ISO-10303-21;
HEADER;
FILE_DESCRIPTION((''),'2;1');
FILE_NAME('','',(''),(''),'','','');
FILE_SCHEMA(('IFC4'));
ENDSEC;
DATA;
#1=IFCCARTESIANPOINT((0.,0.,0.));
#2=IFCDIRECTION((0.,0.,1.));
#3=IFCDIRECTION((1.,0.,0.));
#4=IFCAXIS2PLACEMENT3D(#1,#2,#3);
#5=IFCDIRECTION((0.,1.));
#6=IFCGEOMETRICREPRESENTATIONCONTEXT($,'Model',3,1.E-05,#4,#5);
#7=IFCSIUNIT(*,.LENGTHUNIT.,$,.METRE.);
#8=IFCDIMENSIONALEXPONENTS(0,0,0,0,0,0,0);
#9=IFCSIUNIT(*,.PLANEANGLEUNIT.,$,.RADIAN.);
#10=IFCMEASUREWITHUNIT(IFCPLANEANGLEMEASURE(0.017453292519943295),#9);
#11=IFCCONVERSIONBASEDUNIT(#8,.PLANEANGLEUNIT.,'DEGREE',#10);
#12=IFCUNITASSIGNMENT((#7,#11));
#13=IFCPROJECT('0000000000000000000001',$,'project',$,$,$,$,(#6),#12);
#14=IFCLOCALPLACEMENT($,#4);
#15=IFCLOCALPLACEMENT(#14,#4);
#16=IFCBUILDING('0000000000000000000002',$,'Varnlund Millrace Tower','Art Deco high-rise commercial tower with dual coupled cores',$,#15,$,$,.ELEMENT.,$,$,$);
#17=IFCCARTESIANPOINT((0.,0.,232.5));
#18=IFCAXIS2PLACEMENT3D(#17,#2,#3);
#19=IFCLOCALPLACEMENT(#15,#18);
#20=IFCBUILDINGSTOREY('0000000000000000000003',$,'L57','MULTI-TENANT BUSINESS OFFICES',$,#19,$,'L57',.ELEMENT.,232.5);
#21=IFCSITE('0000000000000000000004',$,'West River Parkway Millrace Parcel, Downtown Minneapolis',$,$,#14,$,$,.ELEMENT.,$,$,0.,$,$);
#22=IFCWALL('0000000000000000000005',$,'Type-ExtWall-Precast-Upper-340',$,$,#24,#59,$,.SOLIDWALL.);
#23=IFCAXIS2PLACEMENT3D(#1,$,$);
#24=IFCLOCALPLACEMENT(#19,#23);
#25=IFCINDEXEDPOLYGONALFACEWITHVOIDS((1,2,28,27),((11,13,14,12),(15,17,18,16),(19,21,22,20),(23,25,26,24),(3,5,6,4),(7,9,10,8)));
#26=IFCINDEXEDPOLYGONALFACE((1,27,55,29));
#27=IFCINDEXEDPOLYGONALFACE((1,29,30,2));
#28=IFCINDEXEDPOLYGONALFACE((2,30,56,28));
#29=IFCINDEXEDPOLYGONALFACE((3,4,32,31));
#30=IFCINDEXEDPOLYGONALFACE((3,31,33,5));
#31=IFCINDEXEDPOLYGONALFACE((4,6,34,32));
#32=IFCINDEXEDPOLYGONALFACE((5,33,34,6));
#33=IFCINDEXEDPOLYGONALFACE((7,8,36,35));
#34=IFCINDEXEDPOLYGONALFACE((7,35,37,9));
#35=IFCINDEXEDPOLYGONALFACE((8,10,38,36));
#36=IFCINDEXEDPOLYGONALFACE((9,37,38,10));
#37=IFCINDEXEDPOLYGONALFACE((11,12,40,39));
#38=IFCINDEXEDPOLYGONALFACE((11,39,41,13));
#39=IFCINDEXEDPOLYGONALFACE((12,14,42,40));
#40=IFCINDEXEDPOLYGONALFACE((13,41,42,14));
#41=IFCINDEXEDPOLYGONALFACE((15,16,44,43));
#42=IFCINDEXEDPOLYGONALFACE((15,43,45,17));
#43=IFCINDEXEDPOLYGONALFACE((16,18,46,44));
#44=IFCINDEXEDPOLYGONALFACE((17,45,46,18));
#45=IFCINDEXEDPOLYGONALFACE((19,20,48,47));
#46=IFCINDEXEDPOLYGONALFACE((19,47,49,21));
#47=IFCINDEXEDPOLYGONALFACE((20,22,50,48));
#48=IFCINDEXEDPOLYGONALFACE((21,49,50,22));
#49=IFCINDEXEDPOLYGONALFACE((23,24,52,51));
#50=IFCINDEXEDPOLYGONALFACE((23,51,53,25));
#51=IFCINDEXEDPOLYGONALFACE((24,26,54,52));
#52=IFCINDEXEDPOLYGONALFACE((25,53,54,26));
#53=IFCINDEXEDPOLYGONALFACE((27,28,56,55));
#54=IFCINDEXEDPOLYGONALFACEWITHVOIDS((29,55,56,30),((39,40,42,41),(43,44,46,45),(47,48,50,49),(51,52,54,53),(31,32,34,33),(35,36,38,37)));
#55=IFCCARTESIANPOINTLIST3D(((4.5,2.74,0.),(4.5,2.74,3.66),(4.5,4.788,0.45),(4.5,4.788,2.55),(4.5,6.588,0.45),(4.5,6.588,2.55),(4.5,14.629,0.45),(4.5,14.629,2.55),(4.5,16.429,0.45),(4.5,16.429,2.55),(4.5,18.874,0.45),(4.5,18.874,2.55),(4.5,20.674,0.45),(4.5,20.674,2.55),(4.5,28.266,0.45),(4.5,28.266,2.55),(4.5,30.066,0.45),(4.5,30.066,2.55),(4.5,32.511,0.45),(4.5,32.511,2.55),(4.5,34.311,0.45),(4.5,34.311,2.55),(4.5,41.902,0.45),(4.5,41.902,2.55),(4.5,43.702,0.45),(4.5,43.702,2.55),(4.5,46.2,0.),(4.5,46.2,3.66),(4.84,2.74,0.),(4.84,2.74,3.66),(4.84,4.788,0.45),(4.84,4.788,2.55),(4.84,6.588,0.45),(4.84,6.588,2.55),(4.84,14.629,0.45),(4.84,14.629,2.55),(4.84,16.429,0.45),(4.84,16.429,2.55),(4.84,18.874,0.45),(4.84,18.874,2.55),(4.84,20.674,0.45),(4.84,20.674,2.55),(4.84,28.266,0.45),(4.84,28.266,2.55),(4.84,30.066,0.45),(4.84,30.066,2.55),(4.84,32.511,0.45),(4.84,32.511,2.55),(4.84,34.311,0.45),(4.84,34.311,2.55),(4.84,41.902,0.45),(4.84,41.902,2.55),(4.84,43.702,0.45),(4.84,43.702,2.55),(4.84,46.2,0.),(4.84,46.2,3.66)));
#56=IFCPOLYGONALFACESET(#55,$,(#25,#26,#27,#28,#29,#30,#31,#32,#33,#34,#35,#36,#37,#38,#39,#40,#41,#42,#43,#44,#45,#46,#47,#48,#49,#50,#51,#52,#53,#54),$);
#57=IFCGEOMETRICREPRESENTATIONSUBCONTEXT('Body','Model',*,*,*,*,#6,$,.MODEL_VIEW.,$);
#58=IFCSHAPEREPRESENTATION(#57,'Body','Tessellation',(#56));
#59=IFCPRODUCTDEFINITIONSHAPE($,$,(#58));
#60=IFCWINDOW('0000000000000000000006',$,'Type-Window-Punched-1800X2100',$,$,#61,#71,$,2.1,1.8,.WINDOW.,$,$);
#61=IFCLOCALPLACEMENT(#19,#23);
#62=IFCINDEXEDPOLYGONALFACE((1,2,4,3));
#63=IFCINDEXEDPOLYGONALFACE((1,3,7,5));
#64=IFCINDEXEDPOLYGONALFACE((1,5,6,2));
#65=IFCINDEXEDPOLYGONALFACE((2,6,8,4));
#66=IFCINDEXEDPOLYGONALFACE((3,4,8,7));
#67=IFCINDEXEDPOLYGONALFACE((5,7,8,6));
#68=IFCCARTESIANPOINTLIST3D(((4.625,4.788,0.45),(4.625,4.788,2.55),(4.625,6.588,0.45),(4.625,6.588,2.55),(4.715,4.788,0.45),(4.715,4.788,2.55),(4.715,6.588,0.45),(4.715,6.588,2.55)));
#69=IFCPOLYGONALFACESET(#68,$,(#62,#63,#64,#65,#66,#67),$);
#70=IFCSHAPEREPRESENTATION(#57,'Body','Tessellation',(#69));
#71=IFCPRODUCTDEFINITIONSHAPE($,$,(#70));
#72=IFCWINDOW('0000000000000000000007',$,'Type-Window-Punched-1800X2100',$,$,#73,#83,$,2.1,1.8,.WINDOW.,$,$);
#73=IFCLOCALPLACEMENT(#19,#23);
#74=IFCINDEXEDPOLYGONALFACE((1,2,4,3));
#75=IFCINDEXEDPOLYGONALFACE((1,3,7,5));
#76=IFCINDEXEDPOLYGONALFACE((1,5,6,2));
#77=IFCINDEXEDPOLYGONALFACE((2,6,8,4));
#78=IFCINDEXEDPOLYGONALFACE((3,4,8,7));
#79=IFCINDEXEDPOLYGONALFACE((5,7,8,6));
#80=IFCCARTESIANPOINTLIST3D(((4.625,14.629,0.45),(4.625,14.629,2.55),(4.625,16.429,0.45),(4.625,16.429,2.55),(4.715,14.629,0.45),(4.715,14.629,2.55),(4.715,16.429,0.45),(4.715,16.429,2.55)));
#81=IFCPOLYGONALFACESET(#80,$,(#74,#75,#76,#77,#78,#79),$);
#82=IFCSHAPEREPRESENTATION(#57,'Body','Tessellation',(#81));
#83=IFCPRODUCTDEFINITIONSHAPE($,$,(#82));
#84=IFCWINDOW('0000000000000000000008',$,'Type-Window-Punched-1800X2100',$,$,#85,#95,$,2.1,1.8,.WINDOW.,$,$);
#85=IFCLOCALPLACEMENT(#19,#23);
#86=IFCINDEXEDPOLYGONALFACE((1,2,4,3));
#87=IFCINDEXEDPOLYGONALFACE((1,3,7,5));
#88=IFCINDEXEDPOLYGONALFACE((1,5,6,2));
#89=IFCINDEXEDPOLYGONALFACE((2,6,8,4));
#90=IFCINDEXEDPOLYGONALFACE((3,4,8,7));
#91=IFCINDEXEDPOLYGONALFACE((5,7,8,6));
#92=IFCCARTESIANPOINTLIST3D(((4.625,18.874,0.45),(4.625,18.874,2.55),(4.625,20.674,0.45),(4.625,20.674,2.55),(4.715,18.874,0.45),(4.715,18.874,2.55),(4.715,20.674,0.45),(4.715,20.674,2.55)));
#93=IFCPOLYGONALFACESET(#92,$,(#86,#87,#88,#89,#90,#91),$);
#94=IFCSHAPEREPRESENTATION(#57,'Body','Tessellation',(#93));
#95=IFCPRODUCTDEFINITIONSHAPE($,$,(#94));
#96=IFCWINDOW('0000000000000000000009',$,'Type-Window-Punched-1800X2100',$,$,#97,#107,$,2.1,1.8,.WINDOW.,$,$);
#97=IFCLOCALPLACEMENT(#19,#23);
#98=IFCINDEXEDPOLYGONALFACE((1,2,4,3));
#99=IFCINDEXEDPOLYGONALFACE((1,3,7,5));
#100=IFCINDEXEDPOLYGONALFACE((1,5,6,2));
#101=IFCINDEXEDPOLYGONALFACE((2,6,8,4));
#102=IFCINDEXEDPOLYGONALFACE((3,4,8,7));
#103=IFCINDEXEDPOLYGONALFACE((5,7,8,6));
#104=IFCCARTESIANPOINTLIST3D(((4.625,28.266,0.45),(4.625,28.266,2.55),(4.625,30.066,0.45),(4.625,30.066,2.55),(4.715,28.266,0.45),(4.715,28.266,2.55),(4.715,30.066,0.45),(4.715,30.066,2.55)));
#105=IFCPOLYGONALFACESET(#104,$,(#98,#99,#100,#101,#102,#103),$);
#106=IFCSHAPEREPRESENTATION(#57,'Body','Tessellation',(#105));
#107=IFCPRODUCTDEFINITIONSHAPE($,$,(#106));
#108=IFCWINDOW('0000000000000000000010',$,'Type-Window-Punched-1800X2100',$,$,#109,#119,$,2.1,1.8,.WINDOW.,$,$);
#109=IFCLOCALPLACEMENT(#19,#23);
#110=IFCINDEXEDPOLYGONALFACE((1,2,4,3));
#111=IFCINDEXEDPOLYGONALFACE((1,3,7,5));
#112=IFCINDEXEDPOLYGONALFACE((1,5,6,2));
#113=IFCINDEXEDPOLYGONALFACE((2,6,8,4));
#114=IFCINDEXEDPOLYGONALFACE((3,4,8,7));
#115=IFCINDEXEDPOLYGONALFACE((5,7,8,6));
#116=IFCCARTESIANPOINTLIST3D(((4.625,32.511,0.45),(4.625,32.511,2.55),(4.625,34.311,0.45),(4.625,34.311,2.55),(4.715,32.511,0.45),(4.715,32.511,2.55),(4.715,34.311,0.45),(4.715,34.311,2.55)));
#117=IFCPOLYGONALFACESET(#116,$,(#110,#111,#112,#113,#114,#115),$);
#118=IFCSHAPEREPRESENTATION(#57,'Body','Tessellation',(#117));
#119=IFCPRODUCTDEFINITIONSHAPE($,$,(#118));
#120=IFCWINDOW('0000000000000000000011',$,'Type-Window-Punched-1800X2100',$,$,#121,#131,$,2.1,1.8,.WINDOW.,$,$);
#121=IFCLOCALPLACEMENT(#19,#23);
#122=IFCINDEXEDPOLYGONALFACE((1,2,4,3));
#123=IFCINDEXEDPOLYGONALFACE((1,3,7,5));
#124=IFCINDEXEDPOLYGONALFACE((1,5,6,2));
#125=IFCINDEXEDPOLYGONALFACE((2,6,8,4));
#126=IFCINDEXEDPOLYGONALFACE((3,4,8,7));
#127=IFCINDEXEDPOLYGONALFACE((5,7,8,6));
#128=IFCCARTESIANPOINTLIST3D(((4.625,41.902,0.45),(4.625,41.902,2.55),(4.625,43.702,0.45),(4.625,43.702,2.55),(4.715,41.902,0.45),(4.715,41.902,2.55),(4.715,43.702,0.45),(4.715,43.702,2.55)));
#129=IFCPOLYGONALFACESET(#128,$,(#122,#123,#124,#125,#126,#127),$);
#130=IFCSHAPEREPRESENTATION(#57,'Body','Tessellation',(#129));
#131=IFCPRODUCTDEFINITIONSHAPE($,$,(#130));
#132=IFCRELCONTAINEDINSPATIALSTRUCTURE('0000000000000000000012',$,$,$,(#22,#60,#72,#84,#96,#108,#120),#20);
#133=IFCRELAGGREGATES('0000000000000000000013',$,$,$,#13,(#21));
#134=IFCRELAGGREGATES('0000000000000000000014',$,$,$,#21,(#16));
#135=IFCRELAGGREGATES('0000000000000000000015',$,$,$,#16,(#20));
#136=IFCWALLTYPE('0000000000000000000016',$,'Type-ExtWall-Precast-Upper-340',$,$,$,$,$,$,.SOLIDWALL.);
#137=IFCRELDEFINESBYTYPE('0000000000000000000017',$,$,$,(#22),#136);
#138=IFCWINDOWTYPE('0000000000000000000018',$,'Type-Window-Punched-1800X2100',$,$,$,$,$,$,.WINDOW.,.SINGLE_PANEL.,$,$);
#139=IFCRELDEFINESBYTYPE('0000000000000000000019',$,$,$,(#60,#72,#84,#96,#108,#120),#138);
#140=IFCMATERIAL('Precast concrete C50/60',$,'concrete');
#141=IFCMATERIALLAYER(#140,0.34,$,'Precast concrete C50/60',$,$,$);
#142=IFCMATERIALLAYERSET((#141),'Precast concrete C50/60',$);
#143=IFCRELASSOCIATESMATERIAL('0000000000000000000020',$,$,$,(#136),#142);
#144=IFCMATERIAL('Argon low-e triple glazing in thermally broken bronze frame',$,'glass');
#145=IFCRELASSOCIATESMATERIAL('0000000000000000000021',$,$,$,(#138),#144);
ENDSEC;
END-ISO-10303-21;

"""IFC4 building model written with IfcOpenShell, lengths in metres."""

from ifc_helpers import new_model, entity, si_unit, converted_unit, direction, frame, origin_with_axes, origin_2d_with_axis, place, context, subcontext, project, spatial, polyline, rectangle, outline, extrude, material, layer, layer_set, type_object, element, fill, save


model = new_model("IFC4")

# Units and contexts
model_context = context("Model", 3, precision=1e-05, world=origin_with_axes(), true_north=direction((0.0, 1.0)))
body_context = subcontext(model_context, "Body", "Model", "MODEL_VIEW")
ifc_project = project(units=[si_unit("LENGTHUNIT", "METRE"), converted_unit("PLANEANGLEUNIT", "DEGREE", entity("IfcPlaneAngleMeasure", 0.017453292519943295), si_unit("PLANEANGLEUNIT", "RADIAN"), dimensions=[0, 0, 0, 0, 0, 0, 0])], contexts=[model_context])

# Site, building, storey
site_placement = place(None, origin_with_axes())
site = spatial("IfcSite", under=ifc_project, at=site_placement, Name="West River Parkway Millrace Parcel, Downtown Minneapolis", CompositionType="ELEMENT", RefElevation=0.0)
building_placement = place(site_placement, origin_with_axes())
building = spatial("IfcBuilding", under=site, at=building_placement, Name="Varnlund Millrace Tower", Description="Art Deco high-rise commercial tower with dual coupled cores", CompositionType="ELEMENT")
storey_placement = place(building_placement, frame((0.0, 0.0, 232.5), z_axis=(0.0, 0.0, 1.0), x_axis=(1.0, 0.0, 0.0)))
storey = spatial("IfcBuildingStorey", under=building, at=storey_placement, Name="L57", Description="MULTI-TENANT BUSINESS OFFICES", LongName="L57", CompositionType="ELEMENT", Elevation=232.5)

# Shared definitions
ifc_material_1 = material(Name="Precast concrete C50/60", Category="concrete")
ifc_layer_1 = layer(ifc_material_1, 0.34, Name="Precast concrete C50/60")
ifc_layer_set_1 = layer_set([ifc_layer_1], Name="Precast concrete C50/60")
wall_type = type_object("IfcWallType", Name="Type-ExtWall-Precast-Upper-340", PredefinedType="SOLIDWALL", material=ifc_layer_set_1)

# Wall, openings, windows
wall_1_placement = place(storey_placement, frame((4.67, 2.74, 0.0), z_axis=(0.0, 0.0, 1.0), x_axis=(0.0, 1.0, 0.0)))
wall_1 = element("IfcWall", 1, at=wall_1_placement, inside=storey, type_object=wall_type, Name="Type-ExtWall-Precast-Upper-340", PredefinedType="SOLIDWALL", context=body_context, shape_type="SweptSolid", body=[
    extrude(outline(polyline([(0.0, -0.17), (43.46, -0.17), (43.46, 0.17), (0.0, 0.17), (0.0, -0.17)])), origin_with_axes(), (0.0, 0.0, 1.0), 3.66),
])
opening_1_placement = place(wall_1_placement, frame((2.948, 0.0, 0.45), z_axis=(0.0, 0.0, 1.0), x_axis=(1.0, 0.0, 0.0)))
opening_1 = element("IfcOpeningElement", 2, at=opening_1_placement, cuts=wall_1, PredefinedType="OPENING", context=body_context, shape_type="SweptSolid", body=[
    extrude(rectangle(XDim=1.8, YDim=0.36, at=origin_2d_with_axis()), origin_with_axes(), (0.0, 0.0, 1.0), 2.1),
])
opening_2_placement = place(wall_1_placement, frame((12.789, 0.0, 0.45), z_axis=(0.0, 0.0, 1.0), x_axis=(1.0, 0.0, 0.0)))
opening_2 = element("IfcOpeningElement", 3, at=opening_2_placement, cuts=wall_1, PredefinedType="OPENING", context=body_context, shape_type="SweptSolid", body=[
    extrude(rectangle(XDim=1.8, YDim=0.36, at=origin_2d_with_axis()), origin_with_axes(), (0.0, 0.0, 1.0), 2.1),
])
opening_3_placement = place(wall_1_placement, frame((17.034, 0.0, 0.45), z_axis=(0.0, 0.0, 1.0), x_axis=(1.0, 0.0, 0.0)))
opening_3 = element("IfcOpeningElement", 4, at=opening_3_placement, cuts=wall_1, PredefinedType="OPENING", context=body_context, shape_type="SweptSolid", body=[
    extrude(rectangle(XDim=1.8, YDim=0.36, at=origin_2d_with_axis()), origin_with_axes(), (0.0, 0.0, 1.0), 2.1),
])
opening_4_placement = place(wall_1_placement, frame((26.426, 0.0, 0.45), z_axis=(0.0, 0.0, 1.0), x_axis=(1.0, 0.0, 0.0)))
opening_4 = element("IfcOpeningElement", 5, at=opening_4_placement, cuts=wall_1, PredefinedType="OPENING", context=body_context, shape_type="SweptSolid", body=[
    extrude(rectangle(XDim=1.8, YDim=0.36, at=origin_2d_with_axis()), origin_with_axes(), (0.0, 0.0, 1.0), 2.1),
])
opening_5_placement = place(wall_1_placement, frame((30.671, 0.0, 0.45), z_axis=(0.0, 0.0, 1.0), x_axis=(1.0, 0.0, 0.0)))
opening_5 = element("IfcOpeningElement", 6, at=opening_5_placement, cuts=wall_1, PredefinedType="OPENING", context=body_context, shape_type="SweptSolid", body=[
    extrude(rectangle(XDim=1.8, YDim=0.36, at=origin_2d_with_axis()), origin_with_axes(), (0.0, 0.0, 1.0), 2.1),
])
opening_6_placement = place(wall_1_placement, frame((40.062, 0.0, 0.45), z_axis=(0.0, 0.0, 1.0), x_axis=(1.0, 0.0, 0.0)))
opening_6 = element("IfcOpeningElement", 7, at=opening_6_placement, cuts=wall_1, PredefinedType="OPENING", context=body_context, shape_type="SweptSolid", body=[
    extrude(rectangle(XDim=1.8, YDim=0.36, at=origin_2d_with_axis()), origin_with_axes(), (0.0, 0.0, 1.0), 2.1),
])
ifc_material_2 = material(Name="Argon low-e triple glazing in thermally broken bronze frame", Category="glass")
window_type = type_object("IfcWindowType", Name="Type-Window-Punched-1800X2100", PartitioningType="SINGLE_PANEL", PredefinedType="WINDOW", material=ifc_material_2)
window_1_placement = place(wall_1_placement, frame((2.948, 0.0, 0.45), z_axis=(0.0, 0.0, 1.0), x_axis=(1.0, 0.0, 0.0)))
window_1 = element("IfcWindow", 8, at=window_1_placement, inside=storey, type_object=window_type, Name="Type-Window-Punched-1800X2100", OverallHeight=2.1, OverallWidth=1.8, PredefinedType="WINDOW", context=body_context, shape_type="SweptSolid", body=[
    extrude(rectangle(XDim=1.8, YDim=0.09, at=origin_2d_with_axis()), origin_with_axes(), (0.0, 0.0, 1.0), 2.1),
])
fill(opening_1, window_1)
window_2_placement = place(wall_1_placement, frame((12.789, 0.0, 0.45), z_axis=(0.0, 0.0, 1.0), x_axis=(1.0, 0.0, 0.0)))
window_2 = element("IfcWindow", 9, at=window_2_placement, inside=storey, type_object=window_type, Name="Type-Window-Punched-1800X2100", OverallHeight=2.1, OverallWidth=1.8, PredefinedType="WINDOW", context=body_context, shape_type="SweptSolid", body=[
    extrude(rectangle(XDim=1.8, YDim=0.09, at=origin_2d_with_axis()), origin_with_axes(), (0.0, 0.0, 1.0), 2.1),
])
fill(opening_2, window_2)
window_3_placement = place(wall_1_placement, frame((17.034, 0.0, 0.45), z_axis=(0.0, 0.0, 1.0), x_axis=(1.0, 0.0, 0.0)))
window_3 = element("IfcWindow", 10, at=window_3_placement, inside=storey, type_object=window_type, Name="Type-Window-Punched-1800X2100", OverallHeight=2.1, OverallWidth=1.8, PredefinedType="WINDOW", context=body_context, shape_type="SweptSolid", body=[
    extrude(rectangle(XDim=1.8, YDim=0.09, at=origin_2d_with_axis()), origin_with_axes(), (0.0, 0.0, 1.0), 2.1),
])
fill(opening_3, window_3)
window_4_placement = place(wall_1_placement, frame((26.426, 0.0, 0.45), z_axis=(0.0, 0.0, 1.0), x_axis=(1.0, 0.0, 0.0)))
window_4 = element("IfcWindow", 11, at=window_4_placement, inside=storey, type_object=window_type, Name="Type-Window-Punched-1800X2100", OverallHeight=2.1, OverallWidth=1.8, PredefinedType="WINDOW", context=body_context, shape_type="SweptSolid", body=[
    extrude(rectangle(XDim=1.8, YDim=0.09, at=origin_2d_with_axis()), origin_with_axes(), (0.0, 0.0, 1.0), 2.1),
])
fill(opening_4, window_4)
window_5_placement = place(wall_1_placement, frame((30.671, 0.0, 0.45), z_axis=(0.0, 0.0, 1.0), x_axis=(1.0, 0.0, 0.0)))
window_5 = element("IfcWindow", 12, at=window_5_placement, inside=storey, type_object=window_type, Name="Type-Window-Punched-1800X2100", OverallHeight=2.1, OverallWidth=1.8, PredefinedType="WINDOW", context=body_context, shape_type="SweptSolid", body=[
    extrude(rectangle(XDim=1.8, YDim=0.09, at=origin_2d_with_axis()), origin_with_axes(), (0.0, 0.0, 1.0), 2.1),
])
fill(opening_5, window_5)
window_6_placement = place(wall_1_placement, frame((40.062, 0.0, 0.45), z_axis=(0.0, 0.0, 1.0), x_axis=(1.0, 0.0, 0.0)))
window_6 = element("IfcWindow", 13, at=window_6_placement, inside=storey, type_object=window_type, Name="Type-Window-Punched-1800X2100", OverallHeight=2.1, OverallWidth=1.8, PredefinedType="WINDOW", context=body_context, shape_type="SweptSolid", body=[
    extrude(rectangle(XDim=1.8, YDim=0.09, at=origin_2d_with_axis()), origin_with_axes(), (0.0, 0.0, 1.0), 2.1),
])
fill(opening_6, window_6)

save(model, "model.ifc")
